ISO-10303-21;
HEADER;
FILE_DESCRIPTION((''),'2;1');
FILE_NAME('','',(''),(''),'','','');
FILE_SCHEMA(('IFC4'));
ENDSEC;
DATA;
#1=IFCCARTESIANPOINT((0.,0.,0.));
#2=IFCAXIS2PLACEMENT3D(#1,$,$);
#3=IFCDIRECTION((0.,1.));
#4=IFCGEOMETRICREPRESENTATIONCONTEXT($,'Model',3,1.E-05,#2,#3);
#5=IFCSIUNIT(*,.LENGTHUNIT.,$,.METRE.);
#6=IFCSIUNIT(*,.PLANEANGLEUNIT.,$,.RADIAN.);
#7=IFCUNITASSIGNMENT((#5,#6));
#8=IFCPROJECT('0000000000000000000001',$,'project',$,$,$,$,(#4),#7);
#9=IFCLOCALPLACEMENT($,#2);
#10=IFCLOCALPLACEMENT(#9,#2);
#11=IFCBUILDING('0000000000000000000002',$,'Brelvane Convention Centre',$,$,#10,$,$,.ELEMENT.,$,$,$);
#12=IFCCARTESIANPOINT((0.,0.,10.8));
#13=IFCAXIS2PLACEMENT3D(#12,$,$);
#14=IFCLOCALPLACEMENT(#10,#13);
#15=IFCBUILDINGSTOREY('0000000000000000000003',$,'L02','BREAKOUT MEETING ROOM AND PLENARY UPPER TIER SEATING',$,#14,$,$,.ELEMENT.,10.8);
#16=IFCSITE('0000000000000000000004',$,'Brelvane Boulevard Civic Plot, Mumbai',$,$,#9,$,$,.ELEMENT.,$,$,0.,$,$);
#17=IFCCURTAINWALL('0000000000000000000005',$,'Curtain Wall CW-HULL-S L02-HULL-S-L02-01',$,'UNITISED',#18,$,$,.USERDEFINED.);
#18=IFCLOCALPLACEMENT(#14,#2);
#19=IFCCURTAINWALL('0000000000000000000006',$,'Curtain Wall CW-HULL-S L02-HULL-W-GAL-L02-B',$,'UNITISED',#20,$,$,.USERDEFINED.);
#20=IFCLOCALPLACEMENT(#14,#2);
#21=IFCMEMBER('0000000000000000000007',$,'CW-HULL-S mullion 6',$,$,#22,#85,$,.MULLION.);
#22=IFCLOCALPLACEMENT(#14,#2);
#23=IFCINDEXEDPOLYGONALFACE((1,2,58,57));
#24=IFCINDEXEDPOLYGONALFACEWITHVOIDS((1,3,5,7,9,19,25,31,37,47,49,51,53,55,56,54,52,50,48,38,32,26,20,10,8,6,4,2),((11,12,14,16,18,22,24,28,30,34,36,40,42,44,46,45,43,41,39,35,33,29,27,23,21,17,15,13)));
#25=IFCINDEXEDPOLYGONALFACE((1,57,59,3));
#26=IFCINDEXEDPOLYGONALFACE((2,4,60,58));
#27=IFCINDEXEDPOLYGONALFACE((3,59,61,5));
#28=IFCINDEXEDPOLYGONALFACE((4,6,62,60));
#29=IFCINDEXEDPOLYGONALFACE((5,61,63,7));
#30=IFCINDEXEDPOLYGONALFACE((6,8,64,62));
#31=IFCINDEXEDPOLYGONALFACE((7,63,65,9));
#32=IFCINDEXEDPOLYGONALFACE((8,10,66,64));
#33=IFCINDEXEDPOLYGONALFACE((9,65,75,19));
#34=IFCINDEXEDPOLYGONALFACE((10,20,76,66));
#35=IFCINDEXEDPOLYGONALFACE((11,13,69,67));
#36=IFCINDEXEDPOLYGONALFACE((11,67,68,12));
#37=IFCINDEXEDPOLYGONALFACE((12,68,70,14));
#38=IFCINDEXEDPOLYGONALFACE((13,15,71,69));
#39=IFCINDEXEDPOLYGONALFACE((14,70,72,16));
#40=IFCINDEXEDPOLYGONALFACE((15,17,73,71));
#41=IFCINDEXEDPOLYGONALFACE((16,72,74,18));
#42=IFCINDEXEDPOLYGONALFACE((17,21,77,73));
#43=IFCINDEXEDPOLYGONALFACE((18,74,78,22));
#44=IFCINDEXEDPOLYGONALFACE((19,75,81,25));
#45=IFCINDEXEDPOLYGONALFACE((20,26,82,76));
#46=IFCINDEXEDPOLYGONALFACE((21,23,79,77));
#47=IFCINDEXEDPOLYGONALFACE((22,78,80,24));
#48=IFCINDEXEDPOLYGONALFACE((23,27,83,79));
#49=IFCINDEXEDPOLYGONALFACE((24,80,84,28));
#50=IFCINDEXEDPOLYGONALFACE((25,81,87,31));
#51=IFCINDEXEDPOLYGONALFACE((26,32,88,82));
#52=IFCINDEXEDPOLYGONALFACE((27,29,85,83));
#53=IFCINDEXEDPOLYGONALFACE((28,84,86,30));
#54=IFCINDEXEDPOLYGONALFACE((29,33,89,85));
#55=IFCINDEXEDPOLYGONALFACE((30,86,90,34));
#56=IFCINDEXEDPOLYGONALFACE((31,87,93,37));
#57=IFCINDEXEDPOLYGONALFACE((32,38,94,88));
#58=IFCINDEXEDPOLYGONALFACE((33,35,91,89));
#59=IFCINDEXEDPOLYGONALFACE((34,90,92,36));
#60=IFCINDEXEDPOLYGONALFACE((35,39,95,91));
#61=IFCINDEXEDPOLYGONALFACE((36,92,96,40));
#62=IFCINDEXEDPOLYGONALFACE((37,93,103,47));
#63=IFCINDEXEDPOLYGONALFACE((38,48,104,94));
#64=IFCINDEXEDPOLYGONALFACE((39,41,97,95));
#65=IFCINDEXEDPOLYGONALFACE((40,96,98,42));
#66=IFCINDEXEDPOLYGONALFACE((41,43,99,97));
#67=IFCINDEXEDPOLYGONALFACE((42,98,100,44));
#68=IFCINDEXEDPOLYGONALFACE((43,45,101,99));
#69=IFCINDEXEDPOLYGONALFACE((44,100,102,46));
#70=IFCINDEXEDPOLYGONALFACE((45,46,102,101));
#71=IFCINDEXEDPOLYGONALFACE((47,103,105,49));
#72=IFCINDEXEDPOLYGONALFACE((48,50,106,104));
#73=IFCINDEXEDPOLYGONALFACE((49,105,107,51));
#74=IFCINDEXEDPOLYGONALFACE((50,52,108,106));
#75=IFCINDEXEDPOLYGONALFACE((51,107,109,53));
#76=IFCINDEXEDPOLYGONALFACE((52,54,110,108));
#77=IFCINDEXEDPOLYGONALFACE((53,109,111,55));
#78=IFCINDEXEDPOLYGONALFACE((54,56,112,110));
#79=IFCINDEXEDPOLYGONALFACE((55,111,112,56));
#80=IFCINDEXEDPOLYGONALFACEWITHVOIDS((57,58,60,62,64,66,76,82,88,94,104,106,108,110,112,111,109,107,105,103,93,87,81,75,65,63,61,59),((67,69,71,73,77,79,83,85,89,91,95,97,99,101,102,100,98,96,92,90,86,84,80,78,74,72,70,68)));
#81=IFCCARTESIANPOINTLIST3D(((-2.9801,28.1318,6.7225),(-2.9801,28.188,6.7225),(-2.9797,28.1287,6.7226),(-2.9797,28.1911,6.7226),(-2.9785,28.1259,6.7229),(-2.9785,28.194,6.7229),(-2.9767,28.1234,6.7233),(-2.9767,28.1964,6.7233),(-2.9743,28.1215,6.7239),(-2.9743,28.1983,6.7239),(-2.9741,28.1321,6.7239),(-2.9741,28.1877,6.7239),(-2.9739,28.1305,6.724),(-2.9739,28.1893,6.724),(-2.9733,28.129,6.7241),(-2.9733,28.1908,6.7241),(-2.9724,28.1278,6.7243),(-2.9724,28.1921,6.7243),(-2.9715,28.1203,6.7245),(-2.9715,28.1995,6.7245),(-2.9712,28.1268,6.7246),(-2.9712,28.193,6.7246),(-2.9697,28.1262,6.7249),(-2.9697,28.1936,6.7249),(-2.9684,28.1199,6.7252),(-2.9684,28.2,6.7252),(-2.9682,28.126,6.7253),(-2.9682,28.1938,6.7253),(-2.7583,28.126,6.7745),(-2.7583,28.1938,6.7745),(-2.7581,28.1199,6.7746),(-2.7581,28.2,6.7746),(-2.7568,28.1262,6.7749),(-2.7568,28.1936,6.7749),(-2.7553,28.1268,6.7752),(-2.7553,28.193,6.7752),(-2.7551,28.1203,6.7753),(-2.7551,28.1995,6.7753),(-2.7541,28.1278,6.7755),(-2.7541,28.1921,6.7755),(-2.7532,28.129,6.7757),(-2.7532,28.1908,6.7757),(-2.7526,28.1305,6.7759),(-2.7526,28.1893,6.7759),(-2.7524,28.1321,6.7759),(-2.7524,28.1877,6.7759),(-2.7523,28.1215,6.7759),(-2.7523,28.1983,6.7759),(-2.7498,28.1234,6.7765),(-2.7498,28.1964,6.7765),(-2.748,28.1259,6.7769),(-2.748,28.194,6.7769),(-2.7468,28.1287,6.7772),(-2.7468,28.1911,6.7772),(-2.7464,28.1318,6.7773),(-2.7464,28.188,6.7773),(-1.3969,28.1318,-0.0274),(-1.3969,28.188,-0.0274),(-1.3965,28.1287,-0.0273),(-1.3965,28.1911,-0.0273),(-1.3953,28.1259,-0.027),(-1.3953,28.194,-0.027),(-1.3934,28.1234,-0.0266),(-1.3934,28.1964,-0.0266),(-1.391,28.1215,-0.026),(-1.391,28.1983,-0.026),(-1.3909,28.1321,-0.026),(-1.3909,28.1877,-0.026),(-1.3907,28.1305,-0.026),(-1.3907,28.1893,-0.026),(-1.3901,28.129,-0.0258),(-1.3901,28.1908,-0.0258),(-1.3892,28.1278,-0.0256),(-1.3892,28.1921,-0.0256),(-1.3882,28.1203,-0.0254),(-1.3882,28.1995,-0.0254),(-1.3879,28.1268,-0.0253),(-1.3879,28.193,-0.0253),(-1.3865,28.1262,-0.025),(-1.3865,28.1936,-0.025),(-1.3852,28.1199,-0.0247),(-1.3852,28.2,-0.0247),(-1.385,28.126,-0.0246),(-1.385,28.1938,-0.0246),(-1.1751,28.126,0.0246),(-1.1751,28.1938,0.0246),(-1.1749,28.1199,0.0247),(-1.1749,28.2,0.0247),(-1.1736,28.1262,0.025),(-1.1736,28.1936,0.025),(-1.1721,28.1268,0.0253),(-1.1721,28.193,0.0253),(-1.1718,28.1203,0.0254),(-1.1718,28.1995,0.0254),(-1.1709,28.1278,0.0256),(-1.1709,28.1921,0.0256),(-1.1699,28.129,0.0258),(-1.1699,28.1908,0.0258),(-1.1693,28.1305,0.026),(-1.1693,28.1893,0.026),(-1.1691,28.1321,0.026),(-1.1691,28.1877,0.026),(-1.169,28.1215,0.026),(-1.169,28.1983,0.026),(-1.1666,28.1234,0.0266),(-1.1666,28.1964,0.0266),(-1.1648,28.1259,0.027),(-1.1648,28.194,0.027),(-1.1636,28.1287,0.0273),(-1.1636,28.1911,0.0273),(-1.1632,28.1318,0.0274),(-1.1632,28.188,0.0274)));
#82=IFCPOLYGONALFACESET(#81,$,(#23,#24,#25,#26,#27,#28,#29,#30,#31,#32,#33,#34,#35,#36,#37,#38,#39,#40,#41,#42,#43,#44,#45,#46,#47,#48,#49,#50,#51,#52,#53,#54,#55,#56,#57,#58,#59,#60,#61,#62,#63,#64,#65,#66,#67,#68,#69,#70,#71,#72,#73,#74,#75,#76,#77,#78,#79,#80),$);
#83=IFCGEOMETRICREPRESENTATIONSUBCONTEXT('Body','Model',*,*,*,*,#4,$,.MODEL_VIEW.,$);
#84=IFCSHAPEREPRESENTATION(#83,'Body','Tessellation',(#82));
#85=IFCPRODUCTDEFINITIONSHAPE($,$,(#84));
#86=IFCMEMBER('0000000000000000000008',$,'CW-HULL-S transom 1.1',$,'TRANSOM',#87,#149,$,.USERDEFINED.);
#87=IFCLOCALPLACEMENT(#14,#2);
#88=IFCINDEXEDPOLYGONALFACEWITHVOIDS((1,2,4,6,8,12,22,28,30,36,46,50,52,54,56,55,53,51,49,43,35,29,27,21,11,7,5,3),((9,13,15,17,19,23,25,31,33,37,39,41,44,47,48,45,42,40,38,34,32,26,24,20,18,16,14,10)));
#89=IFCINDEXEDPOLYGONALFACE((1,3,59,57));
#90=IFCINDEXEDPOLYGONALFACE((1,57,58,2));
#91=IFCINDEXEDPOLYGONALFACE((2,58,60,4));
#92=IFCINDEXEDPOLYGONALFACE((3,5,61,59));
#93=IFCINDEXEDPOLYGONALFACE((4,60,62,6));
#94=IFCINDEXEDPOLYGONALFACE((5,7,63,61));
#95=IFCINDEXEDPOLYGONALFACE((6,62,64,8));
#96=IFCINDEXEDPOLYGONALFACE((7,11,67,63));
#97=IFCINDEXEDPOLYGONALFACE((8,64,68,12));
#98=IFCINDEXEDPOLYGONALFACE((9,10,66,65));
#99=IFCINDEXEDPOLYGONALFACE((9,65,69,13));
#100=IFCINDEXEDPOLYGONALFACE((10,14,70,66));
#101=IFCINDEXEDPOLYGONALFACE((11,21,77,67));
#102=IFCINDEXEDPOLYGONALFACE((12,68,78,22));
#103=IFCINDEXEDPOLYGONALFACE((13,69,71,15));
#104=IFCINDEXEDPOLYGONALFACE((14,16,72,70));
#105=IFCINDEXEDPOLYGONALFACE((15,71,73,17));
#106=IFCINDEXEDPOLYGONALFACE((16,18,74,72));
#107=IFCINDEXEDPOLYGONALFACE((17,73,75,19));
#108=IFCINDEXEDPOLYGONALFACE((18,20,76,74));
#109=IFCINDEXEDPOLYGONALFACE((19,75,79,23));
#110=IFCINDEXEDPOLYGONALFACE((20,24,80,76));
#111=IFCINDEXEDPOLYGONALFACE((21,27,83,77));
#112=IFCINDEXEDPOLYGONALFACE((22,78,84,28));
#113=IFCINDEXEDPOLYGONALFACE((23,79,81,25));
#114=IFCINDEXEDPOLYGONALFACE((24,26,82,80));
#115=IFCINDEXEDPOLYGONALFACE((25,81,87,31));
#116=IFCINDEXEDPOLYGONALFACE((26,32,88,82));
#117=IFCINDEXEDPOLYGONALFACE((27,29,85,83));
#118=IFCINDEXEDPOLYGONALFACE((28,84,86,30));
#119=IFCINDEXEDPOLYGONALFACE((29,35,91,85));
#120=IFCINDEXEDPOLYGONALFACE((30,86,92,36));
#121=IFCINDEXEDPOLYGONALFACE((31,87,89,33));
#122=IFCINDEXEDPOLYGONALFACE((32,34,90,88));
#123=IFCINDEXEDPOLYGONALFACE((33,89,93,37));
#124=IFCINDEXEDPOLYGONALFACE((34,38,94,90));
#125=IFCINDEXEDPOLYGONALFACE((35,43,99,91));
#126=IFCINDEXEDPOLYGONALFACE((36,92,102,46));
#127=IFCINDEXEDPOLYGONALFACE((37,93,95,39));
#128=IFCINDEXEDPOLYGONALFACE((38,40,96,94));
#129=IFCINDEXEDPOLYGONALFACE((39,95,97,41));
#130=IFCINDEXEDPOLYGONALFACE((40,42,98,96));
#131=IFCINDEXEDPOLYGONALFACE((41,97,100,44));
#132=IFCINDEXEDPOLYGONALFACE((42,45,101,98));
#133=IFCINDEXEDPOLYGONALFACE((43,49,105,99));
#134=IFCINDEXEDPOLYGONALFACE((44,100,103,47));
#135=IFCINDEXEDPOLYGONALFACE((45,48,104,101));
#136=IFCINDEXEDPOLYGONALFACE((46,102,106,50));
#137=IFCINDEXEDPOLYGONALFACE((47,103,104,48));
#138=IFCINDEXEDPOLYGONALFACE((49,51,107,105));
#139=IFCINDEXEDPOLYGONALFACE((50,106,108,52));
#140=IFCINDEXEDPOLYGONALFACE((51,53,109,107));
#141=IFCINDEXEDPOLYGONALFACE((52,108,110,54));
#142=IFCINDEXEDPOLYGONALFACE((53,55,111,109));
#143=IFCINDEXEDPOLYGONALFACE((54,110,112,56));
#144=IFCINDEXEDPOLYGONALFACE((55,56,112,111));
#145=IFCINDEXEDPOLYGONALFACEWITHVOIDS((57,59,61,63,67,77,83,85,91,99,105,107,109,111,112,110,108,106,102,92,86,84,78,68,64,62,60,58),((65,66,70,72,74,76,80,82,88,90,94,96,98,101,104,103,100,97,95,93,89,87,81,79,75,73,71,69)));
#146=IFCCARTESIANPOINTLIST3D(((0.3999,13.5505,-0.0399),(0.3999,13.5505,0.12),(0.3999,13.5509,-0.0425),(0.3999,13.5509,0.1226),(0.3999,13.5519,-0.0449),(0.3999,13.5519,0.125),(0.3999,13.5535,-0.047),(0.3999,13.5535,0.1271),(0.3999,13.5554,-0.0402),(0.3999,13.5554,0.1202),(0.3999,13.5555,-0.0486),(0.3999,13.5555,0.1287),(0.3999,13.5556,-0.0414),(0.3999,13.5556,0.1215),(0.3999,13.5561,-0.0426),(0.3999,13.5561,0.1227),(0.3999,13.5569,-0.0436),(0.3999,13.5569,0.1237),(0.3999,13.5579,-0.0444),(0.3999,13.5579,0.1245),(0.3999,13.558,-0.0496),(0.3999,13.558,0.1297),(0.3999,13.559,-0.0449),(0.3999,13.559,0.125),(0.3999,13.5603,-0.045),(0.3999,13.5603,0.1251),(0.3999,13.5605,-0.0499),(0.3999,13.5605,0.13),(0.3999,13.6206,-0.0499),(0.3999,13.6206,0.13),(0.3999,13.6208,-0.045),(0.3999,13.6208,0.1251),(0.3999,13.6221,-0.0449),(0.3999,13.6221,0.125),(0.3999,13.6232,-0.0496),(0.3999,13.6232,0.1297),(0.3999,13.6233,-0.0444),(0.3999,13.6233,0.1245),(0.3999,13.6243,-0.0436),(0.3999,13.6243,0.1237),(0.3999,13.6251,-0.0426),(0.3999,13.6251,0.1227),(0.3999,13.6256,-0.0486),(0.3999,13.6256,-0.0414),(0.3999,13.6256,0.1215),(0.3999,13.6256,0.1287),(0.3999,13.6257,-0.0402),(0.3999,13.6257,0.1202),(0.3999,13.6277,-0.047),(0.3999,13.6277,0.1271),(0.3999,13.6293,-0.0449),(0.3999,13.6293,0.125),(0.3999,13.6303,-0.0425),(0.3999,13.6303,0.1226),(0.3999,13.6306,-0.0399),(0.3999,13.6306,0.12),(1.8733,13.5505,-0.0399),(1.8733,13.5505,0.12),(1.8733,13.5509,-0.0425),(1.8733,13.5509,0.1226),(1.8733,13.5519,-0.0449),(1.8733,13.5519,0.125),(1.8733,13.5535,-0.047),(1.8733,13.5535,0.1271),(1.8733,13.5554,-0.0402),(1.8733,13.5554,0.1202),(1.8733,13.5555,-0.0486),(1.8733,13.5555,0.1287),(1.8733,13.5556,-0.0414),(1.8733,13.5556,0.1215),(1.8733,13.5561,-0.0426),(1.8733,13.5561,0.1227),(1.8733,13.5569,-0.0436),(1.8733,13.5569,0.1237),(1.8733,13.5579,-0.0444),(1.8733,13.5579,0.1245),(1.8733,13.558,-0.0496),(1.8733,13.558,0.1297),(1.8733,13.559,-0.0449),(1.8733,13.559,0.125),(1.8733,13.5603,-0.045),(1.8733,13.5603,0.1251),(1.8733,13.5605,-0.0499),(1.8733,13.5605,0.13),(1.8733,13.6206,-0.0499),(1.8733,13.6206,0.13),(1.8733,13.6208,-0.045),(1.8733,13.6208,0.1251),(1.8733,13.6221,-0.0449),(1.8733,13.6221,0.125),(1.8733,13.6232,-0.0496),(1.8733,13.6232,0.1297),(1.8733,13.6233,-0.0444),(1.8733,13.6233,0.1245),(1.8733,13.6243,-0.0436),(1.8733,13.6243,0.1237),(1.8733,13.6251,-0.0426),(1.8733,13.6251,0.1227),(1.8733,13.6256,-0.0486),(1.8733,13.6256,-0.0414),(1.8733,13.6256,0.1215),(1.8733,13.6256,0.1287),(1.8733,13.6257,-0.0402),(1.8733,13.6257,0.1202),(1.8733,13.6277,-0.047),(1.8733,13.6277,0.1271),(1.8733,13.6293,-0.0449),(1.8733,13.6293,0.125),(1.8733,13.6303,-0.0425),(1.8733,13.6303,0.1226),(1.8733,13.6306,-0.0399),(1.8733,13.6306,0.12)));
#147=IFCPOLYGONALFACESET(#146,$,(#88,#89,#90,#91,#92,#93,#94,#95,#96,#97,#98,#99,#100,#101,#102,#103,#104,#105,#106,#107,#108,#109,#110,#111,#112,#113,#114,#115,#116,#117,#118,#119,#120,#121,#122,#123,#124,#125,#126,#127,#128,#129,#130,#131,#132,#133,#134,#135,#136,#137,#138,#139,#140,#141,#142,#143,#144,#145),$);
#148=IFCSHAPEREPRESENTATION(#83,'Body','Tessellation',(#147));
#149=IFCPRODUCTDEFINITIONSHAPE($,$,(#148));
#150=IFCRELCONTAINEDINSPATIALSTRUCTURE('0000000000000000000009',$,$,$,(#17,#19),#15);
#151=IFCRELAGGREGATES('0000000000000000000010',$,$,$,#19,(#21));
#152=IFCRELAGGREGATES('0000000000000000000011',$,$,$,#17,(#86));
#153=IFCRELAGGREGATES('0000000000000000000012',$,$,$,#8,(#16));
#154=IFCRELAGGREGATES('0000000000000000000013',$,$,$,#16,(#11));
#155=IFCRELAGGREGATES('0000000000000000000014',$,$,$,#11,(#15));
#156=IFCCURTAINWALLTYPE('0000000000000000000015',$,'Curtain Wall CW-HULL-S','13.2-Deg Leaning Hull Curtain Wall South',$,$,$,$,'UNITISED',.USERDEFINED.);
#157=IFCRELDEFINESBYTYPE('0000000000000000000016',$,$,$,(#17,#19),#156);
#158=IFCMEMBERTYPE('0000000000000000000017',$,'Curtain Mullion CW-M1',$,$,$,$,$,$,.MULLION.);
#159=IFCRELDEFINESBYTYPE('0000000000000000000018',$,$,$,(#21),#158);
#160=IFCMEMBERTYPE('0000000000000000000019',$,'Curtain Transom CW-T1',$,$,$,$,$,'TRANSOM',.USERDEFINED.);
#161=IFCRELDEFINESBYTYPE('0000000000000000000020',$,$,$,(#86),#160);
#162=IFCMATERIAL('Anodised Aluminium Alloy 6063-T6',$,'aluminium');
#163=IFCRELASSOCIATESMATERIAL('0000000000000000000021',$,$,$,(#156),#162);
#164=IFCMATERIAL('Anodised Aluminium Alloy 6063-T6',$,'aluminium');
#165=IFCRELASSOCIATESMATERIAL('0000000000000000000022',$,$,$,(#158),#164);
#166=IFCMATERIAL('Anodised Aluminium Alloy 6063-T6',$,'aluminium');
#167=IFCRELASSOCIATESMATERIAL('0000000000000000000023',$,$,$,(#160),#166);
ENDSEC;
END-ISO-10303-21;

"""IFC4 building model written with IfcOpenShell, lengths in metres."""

from ifc_helpers import new_model, si_unit, direction, frame, origin, origin_2d, place, context, subcontext, project, spatial, hollow_rectangle, extrude, material, material_profile, profile_set, type_object, element, aggregate, save


model = new_model("IFC4")

# Units and contexts
model_context = context("Model", 3, precision=1e-05, world=origin(), true_north=direction((0.0, 1.0)))
body_context = subcontext(model_context, "Body", "Model", "MODEL_VIEW")
ifc_project = project(units=[si_unit("LENGTHUNIT", "METRE"), si_unit("PLANEANGLEUNIT", "RADIAN")], contexts=[model_context])

# Site, building, storey
site_placement = place(None, origin())
site = spatial("IfcSite", under=ifc_project, at=site_placement, Name="Brelvane Boulevard Civic Plot, Mumbai", CompositionType="ELEMENT", RefElevation=0.0)
building_placement = place(site_placement, origin())
building = spatial("IfcBuilding", under=site, at=building_placement, Name="Brelvane Convention Centre", CompositionType="ELEMENT")
storey_placement = place(building_placement, frame((0.0, 0.0, 10.8)))
storey = spatial("IfcBuildingStorey", under=building, at=storey_placement, Name="L02", Description="BREAKOUT MEETING ROOM AND PLENARY UPPER TIER SEATING", CompositionType="ELEMENT", Elevation=10.8)

# Curtain walls, member
ifc_material_1 = material(Name="Anodised Aluminium Alloy 6063-T6", Category="aluminium")
curtain_wall_type = type_object("IfcCurtainWallType", Name="Curtain Wall CW-HULL-S", Description="13.2-Deg Leaning Hull Curtain Wall South", ElementType="UNITISED", PredefinedType="USERDEFINED", material=ifc_material_1)
curtain_wall_1_placement = place(storey_placement, origin())
curtain_wall_1 = element("IfcCurtainWall", 1, at=curtain_wall_1_placement, inside=storey, type_object=curtain_wall_type, Name="Curtain Wall CW-HULL-S L02-HULL-S-L02-01", ObjectType="UNITISED", PredefinedType="USERDEFINED")
ifc_material_2 = material(Name="Anodised Aluminium Alloy 6063-T6", Category="aluminium")
ifc_material_profile_1 = material_profile(ifc_material_2, hollow_rectangle(XDim=0.0801, YDim=0.24, WallThickness=0.0061, InnerFilletRadius=0.0061, OuterFilletRadius=0.012, at=origin_2d()), Name="ALU-M 240x80x6.0")
ifc_profile_set_1 = profile_set([ifc_material_profile_1], Name="Anodised Aluminium Alloy 6063-T6")
member_type_1 = type_object("IfcMemberType", Name="Curtain Mullion CW-M1", PredefinedType="MULLION", material=ifc_profile_set_1)
curtain_wall_2_placement = place(storey_placement, origin())
curtain_wall_2 = element("IfcCurtainWall", 2, at=curtain_wall_2_placement, inside=storey, type_object=curtain_wall_type, Name="Curtain Wall CW-HULL-S L02-HULL-W-GAL-L02-B", ObjectType="UNITISED", PredefinedType="USERDEFINED")
member_1_placement = place(storey_placement, frame((-1.28, 28.1599, 0.0), z_axis=(-0.228358, 0.0, 0.973577), x_axis=(0.0, -1.0, 0.0)))
member_1 = element("IfcMember", 3, at=member_1_placement, type_object=member_type_1, Name="CW-HULL-S mullion 6", PredefinedType="MULLION", context=body_context, shape_type="SweptSolid", body=[
    extrude(hollow_rectangle(XDim=0.0801, YDim=0.24, WallThickness=0.0061, InnerFilletRadius=0.0061, OuterFilletRadius=0.012, at=origin_2d()), origin(), (0.0, 0.0, 1.0), 6.9331),
])
aggregate(curtain_wall_2, [member_1])

# Member
ifc_material_3 = material(Name="Anodised Aluminium Alloy 6063-T6", Category="aluminium")
ifc_material_profile_2 = material_profile(ifc_material_3, hollow_rectangle(XDim=0.0801, YDim=0.1799, WallThickness=0.0049, InnerFilletRadius=0.0049, OuterFilletRadius=0.01, at=origin_2d()), Name="ALU-T 180x80x5.0")
ifc_profile_set_2 = profile_set([ifc_material_profile_2], Name="Anodised Aluminium Alloy 6063-T6")
member_type_2 = type_object("IfcMemberType", Name="Curtain Transom CW-T1", ElementType="TRANSOM", PredefinedType="USERDEFINED", material=ifc_profile_set_2)
member_2_placement = place(storey_placement, frame((0.3999, 13.5906, 0.04), z_axis=(1.0, 0.0, 0.0), x_axis=(0.0, 1.0, 0.0)))
member_2 = element("IfcMember", 4, at=member_2_placement, type_object=member_type_2, Name="CW-HULL-S transom 1.1", ObjectType="TRANSOM", PredefinedType="USERDEFINED", context=body_context, shape_type="SweptSolid", body=[
    extrude(hollow_rectangle(XDim=0.0801, YDim=0.1799, WallThickness=0.0049, InnerFilletRadius=0.0049, OuterFilletRadius=0.01, at=origin_2d()), origin(), (0.0, 0.0, 1.0), 1.4734),
])

aggregate(curtain_wall_1, [member_2])

save(model, "model.ifc")
